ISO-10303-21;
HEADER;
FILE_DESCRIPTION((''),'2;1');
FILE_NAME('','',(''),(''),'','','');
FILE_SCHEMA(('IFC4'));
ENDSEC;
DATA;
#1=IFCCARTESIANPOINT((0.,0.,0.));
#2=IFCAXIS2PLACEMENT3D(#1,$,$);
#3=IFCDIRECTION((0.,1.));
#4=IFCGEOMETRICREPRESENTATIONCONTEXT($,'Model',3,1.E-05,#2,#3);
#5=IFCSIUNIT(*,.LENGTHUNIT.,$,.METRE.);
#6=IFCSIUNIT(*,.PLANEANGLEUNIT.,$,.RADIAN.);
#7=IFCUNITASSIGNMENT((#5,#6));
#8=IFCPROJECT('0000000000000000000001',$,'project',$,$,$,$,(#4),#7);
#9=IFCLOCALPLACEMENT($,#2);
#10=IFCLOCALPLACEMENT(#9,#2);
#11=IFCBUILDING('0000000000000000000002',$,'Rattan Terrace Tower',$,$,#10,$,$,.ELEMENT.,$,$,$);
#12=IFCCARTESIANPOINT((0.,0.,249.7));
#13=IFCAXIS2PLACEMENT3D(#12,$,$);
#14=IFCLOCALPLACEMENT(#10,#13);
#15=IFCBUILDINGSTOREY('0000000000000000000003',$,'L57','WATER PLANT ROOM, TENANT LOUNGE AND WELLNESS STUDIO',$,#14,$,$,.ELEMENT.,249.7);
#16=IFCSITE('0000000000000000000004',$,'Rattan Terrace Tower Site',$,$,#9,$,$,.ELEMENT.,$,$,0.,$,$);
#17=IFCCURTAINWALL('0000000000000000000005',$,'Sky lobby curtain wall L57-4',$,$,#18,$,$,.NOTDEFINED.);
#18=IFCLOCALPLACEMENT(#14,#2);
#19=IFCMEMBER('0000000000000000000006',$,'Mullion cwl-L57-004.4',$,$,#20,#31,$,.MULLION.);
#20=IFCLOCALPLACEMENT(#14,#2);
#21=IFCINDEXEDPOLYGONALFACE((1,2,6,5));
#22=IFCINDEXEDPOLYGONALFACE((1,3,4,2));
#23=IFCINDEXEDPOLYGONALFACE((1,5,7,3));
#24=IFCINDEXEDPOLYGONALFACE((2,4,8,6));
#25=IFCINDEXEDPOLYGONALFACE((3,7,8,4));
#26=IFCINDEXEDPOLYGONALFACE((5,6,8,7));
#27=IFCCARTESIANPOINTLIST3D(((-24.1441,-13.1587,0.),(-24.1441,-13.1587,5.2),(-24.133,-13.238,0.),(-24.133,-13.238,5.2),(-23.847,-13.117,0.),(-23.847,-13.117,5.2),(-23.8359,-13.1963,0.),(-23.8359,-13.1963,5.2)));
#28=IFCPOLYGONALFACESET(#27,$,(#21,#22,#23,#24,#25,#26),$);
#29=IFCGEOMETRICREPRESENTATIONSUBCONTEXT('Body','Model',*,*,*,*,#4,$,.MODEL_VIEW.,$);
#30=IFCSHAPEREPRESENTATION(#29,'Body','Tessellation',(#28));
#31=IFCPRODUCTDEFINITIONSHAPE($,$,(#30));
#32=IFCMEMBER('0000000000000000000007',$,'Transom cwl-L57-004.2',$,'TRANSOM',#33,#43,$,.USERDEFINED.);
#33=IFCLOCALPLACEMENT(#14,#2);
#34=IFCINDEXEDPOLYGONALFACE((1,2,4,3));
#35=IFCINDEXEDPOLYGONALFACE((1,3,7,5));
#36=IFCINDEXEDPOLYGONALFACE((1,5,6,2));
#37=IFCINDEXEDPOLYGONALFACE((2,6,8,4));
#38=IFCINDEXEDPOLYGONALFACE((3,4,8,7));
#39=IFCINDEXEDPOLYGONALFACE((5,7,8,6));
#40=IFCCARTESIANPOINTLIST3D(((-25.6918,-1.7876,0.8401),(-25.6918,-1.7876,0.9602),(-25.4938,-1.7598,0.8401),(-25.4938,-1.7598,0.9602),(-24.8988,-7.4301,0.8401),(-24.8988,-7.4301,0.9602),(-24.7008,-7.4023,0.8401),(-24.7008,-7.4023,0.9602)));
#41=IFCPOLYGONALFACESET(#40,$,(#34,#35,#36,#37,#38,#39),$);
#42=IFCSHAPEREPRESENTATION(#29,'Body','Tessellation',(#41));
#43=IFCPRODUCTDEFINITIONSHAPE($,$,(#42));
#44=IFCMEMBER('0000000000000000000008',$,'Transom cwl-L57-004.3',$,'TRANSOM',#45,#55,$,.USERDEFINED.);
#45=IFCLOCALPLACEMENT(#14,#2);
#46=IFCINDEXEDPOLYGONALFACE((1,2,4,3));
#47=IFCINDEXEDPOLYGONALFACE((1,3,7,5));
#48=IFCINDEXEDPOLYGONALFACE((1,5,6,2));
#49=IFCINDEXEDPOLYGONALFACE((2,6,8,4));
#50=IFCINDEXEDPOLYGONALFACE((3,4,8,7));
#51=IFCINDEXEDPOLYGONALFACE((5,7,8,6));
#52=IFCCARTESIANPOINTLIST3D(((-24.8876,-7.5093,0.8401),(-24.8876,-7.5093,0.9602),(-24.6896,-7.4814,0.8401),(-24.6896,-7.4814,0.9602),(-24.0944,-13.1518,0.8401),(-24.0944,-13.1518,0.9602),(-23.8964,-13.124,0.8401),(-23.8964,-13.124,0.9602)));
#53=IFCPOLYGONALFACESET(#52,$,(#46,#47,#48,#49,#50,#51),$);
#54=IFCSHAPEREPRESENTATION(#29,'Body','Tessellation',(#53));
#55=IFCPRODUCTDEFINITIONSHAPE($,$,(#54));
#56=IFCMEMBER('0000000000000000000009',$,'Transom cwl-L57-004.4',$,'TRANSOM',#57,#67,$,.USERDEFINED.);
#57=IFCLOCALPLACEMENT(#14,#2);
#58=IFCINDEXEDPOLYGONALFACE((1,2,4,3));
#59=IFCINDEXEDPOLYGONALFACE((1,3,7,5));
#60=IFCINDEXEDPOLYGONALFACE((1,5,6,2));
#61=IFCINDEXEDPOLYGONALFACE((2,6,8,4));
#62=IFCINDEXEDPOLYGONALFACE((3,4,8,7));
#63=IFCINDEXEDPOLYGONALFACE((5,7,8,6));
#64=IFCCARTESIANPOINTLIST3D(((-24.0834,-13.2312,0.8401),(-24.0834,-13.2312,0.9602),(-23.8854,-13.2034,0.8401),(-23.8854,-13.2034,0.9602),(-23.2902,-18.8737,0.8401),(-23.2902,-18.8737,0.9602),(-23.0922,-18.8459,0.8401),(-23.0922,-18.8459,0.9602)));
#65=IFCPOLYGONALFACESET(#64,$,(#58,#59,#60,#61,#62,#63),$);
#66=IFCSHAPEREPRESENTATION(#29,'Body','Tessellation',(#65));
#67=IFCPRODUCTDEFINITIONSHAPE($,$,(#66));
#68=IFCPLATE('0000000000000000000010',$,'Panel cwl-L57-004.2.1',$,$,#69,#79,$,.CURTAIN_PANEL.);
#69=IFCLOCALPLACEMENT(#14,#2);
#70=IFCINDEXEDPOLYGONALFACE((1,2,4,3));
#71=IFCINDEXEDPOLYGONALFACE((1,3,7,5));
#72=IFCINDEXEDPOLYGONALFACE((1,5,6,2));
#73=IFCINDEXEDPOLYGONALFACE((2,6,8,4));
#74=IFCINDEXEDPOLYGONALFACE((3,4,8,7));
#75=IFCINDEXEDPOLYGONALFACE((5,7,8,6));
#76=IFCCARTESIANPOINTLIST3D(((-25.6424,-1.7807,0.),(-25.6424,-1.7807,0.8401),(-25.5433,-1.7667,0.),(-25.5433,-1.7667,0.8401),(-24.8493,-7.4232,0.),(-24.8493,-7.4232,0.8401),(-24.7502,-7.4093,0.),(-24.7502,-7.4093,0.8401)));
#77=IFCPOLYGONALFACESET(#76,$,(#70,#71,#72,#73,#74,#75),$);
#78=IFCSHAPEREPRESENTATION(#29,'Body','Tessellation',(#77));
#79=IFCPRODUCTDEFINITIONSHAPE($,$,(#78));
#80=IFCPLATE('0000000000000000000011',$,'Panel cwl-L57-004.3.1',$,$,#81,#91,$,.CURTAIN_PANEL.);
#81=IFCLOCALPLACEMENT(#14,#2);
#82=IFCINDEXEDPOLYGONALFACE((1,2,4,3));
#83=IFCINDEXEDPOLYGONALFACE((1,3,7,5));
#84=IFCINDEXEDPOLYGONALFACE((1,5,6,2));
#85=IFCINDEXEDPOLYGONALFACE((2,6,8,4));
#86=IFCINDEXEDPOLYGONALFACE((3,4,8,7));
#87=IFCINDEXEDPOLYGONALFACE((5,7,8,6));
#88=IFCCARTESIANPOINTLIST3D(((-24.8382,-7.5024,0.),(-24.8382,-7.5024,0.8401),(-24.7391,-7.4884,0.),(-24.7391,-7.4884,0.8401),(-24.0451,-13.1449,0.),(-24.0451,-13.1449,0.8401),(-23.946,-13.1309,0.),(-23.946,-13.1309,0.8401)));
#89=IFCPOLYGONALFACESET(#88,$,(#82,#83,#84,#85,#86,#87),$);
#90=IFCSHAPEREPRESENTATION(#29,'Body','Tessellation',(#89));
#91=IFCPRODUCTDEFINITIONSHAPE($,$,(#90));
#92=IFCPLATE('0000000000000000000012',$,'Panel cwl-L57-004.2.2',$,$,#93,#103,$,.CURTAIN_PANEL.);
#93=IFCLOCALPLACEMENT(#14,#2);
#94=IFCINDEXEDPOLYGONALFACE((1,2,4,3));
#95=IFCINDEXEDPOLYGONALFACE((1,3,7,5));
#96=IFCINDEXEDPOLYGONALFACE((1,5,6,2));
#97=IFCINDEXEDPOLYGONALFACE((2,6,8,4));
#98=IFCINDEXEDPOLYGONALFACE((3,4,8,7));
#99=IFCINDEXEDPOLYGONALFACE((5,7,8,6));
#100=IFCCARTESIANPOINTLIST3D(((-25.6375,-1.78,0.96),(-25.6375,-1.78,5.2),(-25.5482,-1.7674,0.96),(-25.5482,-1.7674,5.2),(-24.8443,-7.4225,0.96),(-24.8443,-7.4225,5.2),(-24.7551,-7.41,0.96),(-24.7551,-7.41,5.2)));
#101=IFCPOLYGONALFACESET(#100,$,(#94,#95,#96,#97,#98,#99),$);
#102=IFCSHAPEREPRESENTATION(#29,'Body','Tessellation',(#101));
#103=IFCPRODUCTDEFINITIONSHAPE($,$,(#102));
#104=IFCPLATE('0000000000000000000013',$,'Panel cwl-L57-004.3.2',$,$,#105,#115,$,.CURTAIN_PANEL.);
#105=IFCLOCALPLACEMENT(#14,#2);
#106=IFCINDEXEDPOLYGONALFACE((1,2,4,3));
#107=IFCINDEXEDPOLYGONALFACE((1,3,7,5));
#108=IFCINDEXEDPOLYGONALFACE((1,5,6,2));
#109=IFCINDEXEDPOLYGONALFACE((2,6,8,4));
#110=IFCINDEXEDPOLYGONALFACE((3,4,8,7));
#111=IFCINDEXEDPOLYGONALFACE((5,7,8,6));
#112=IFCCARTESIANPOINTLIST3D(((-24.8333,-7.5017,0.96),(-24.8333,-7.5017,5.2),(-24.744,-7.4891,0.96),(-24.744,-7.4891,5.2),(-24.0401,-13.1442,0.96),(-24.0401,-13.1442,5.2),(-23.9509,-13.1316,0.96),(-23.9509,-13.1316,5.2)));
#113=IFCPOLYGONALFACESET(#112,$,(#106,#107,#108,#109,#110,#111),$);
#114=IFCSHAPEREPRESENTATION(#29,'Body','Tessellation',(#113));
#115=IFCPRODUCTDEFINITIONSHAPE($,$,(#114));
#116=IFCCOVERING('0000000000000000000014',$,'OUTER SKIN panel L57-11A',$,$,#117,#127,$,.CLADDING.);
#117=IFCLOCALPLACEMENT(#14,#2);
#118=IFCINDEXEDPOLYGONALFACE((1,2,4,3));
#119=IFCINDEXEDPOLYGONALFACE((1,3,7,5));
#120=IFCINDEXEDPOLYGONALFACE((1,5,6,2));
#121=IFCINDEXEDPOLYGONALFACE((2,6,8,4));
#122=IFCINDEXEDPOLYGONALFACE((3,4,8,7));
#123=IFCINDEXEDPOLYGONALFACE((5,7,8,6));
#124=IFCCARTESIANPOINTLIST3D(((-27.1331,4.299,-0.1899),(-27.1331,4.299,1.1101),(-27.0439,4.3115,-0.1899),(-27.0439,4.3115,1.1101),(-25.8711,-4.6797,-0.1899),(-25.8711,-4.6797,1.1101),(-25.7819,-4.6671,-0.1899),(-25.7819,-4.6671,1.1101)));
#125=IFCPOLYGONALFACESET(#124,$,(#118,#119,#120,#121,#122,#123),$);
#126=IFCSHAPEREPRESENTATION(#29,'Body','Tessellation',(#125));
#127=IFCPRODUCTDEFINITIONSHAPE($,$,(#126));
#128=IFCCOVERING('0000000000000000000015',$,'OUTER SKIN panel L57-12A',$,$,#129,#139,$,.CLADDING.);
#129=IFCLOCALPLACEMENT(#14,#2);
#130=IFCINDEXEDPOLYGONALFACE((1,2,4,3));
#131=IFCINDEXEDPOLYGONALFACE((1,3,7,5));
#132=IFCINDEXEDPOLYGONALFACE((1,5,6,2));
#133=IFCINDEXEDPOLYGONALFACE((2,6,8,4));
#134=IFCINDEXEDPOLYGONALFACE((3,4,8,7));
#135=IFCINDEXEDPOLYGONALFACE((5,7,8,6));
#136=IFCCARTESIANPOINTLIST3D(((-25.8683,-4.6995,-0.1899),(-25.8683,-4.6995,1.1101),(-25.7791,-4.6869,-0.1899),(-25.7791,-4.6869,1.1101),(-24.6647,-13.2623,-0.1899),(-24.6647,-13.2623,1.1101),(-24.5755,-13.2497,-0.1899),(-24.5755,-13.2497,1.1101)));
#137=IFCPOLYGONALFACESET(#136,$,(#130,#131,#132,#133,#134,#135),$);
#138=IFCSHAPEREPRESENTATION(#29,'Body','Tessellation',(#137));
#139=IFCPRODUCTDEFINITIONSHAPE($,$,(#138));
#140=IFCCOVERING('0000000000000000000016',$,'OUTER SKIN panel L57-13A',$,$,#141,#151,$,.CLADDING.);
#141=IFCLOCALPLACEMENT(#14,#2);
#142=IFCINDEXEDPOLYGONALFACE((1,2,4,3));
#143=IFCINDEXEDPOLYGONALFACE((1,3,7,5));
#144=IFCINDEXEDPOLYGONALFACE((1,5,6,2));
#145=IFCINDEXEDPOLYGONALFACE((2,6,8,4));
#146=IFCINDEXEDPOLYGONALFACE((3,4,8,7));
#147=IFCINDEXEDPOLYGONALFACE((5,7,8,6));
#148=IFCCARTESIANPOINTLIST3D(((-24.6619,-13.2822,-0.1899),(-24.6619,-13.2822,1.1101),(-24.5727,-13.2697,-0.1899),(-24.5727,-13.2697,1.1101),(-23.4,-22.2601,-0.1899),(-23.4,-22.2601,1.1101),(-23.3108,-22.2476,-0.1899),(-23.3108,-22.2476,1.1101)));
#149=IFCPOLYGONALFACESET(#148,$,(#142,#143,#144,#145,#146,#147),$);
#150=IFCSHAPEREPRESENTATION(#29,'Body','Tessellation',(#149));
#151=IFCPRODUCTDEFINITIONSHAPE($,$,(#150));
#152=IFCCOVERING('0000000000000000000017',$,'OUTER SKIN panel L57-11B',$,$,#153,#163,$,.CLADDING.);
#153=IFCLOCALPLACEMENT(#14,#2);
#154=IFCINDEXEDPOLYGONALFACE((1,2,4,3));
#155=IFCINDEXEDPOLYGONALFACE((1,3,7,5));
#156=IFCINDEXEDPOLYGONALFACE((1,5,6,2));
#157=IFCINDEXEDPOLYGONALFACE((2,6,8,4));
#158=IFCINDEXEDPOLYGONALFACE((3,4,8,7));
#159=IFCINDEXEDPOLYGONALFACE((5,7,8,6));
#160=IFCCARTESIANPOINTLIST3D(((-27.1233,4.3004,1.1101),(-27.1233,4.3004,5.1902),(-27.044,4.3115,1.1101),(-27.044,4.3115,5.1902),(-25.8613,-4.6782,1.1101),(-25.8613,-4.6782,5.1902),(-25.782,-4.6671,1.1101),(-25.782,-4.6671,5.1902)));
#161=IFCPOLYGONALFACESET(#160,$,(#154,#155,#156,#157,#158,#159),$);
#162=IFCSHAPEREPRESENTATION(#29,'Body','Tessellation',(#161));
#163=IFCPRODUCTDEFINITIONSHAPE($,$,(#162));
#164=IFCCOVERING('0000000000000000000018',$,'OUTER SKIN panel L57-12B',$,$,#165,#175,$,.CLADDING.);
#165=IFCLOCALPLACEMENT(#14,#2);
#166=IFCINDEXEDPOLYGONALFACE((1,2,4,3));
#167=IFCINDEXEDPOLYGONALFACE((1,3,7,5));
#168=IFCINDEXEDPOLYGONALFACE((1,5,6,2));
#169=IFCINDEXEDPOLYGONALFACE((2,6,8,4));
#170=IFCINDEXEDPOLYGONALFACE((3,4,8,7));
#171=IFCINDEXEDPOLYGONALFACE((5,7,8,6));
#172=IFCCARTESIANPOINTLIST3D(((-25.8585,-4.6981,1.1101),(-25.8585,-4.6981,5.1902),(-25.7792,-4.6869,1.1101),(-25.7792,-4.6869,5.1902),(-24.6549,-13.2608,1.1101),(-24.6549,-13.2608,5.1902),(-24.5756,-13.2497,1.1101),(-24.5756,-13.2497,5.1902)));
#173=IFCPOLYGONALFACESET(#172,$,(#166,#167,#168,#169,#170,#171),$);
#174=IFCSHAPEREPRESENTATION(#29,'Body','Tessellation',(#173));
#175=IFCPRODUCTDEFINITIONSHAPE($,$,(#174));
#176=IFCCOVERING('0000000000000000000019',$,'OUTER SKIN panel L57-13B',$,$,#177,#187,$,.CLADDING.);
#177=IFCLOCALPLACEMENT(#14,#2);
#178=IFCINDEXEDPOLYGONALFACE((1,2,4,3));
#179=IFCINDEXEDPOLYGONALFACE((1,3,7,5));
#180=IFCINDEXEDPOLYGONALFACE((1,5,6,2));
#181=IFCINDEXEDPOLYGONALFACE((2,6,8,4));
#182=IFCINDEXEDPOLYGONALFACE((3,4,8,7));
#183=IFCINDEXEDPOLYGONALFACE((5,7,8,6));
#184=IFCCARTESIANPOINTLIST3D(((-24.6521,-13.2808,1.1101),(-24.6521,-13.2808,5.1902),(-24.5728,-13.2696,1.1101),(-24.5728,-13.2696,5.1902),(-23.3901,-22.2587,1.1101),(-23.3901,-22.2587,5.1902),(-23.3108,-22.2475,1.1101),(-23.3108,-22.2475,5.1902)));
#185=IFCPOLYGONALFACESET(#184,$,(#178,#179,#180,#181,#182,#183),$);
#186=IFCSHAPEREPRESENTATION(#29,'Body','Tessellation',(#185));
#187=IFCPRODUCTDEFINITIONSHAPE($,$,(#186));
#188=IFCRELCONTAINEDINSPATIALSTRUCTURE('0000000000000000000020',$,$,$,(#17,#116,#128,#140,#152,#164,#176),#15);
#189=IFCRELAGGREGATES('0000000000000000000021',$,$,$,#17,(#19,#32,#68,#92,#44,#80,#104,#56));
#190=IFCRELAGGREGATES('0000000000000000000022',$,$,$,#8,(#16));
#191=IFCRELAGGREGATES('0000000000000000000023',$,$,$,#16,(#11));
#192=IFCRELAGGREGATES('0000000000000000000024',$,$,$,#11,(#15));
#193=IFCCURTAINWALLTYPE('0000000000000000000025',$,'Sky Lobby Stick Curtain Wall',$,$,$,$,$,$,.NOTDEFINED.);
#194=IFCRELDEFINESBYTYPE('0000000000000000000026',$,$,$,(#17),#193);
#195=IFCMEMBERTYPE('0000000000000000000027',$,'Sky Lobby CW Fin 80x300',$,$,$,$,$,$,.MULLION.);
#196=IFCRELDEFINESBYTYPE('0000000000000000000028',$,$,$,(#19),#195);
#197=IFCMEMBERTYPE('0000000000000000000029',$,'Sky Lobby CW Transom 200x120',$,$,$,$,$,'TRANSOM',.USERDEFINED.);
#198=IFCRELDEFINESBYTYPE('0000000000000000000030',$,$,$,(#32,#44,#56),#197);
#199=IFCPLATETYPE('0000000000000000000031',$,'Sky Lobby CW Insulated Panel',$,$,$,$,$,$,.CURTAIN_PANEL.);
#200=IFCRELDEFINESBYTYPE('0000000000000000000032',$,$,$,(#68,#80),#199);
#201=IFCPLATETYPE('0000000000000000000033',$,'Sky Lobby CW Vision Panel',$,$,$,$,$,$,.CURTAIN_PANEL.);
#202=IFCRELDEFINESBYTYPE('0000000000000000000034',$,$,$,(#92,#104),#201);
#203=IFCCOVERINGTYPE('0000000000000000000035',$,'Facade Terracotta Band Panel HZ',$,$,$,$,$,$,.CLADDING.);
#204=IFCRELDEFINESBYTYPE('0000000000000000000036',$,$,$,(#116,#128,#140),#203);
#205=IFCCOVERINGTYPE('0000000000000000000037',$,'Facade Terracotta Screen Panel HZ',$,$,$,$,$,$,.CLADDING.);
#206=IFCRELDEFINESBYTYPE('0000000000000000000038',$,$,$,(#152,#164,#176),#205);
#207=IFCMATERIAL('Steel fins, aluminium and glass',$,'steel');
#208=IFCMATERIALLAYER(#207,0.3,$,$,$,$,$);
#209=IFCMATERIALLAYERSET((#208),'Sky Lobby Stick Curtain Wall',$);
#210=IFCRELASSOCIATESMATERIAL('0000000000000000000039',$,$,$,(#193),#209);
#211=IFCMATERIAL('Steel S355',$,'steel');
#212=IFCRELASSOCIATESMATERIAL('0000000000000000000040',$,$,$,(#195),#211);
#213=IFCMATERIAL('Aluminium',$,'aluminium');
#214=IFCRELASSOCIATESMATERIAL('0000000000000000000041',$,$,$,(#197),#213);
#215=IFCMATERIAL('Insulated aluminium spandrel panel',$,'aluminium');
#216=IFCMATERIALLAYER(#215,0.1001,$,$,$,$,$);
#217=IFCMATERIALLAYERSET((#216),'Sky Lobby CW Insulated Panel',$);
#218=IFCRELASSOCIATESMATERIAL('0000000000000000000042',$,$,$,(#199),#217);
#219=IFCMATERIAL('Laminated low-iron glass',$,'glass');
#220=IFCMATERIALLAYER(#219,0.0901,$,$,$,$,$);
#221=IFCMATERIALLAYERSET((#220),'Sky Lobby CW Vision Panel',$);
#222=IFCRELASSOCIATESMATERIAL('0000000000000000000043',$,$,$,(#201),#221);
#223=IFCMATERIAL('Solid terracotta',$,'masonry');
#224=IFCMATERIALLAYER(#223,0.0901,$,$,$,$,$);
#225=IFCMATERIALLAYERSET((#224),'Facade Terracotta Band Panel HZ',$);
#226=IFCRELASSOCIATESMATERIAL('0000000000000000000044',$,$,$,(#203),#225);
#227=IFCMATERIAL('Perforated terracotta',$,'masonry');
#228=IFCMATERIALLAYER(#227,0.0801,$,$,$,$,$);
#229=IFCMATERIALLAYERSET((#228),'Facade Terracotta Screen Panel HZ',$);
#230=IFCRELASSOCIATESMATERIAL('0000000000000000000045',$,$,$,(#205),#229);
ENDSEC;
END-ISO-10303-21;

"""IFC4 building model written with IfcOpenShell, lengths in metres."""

from ifc_helpers import new_model, si_unit, direction, frame, origin, origin_2d, place, context, subcontext, project, spatial, rectangle, extrude, material, layer, layer_set, material_profile, profile_set, type_object, element, aggregate, save


model = new_model("IFC4")

# Units and contexts
model_context = context("Model", 3, precision=1e-05, world=origin(), true_north=direction((0.0, 1.0)))
body_context = subcontext(model_context, "Body", "Model", "MODEL_VIEW")
ifc_project = project(units=[si_unit("LENGTHUNIT", "METRE"), si_unit("PLANEANGLEUNIT", "RADIAN")], contexts=[model_context])

# Site, building, storey
site_placement = place(None, origin())
site = spatial("IfcSite", under=ifc_project, at=site_placement, Name="Rattan Terrace Tower Site", CompositionType="ELEMENT", RefElevation=0.0)
building_placement = place(site_placement, origin())
building = spatial("IfcBuilding", under=site, at=building_placement, Name="Rattan Terrace Tower", CompositionType="ELEMENT")
storey_placement = place(building_placement, frame((0.0, 0.0, 249.7)))
storey = spatial("IfcBuildingStorey", under=building, at=storey_placement, Name="L57", Description="WATER PLANT ROOM, TENANT LOUNGE AND WELLNESS STUDIO", CompositionType="ELEMENT", Elevation=249.7)

# Curtain wall, members, plates
ifc_material_1 = material(Name="Steel fins, aluminium and glass", Category="steel")
ifc_layer_1 = layer(ifc_material_1, 0.3)
ifc_layer_set_1 = layer_set([ifc_layer_1], Name="Sky Lobby Stick Curtain Wall")
curtain_wall_type = type_object("IfcCurtainWallType", Name="Sky Lobby Stick Curtain Wall", PredefinedType="NOTDEFINED", material=ifc_layer_set_1)
curtain_wall_placement = place(storey_placement, origin())
curtain_wall = element("IfcCurtainWall", 1, at=curtain_wall_placement, inside=storey, type_object=curtain_wall_type, Name="Sky lobby curtain wall L57-4", PredefinedType="NOTDEFINED")
ifc_material_2 = material(Name="Steel S355", Category="steel")
ifc_material_profile_1 = material_profile(ifc_material_2, rectangle(XDim=0.0801, YDim=0.3, at=origin_2d()), Name="Steel S355 80x300")
ifc_profile_set_1 = profile_set([ifc_material_profile_1], Name="Steel S355")
member_type_1 = type_object("IfcMemberType", Name="Sky Lobby CW Fin 80x300", PredefinedType="MULLION", material=ifc_profile_set_1)
member_1_placement = place(storey_placement, frame((-23.99, -13.1775, 0.0), z_axis=(0.0, 0.0, 1.0), x_axis=(0.139192, -0.990265, 0.0)))
member_1 = element("IfcMember", 2, at=member_1_placement, type_object=member_type_1, Name="Mullion cwl-L57-004.4", PredefinedType="MULLION", context=body_context, shape_type="SweptSolid", body=[
    extrude(rectangle(XDim=0.0801, YDim=0.3, at=origin_2d()), origin(), (0.0, 0.0, 1.0), 5.2),
])
ifc_material_3 = material(Name="Aluminium", Category="aluminium")
ifc_material_profile_2 = material_profile(ifc_material_3, rectangle(XDim=0.2, YDim=0.1201, at=origin_2d()), Name="Aluminium 200x120")
ifc_profile_set_2 = profile_set([ifc_material_profile_2], Name="Aluminium")
member_type_2 = type_object("IfcMemberType", Name="Sky Lobby CW Transom 200x120", ElementType="TRANSOM", PredefinedType="USERDEFINED", material=ifc_profile_set_2)
member_2_placement = place(storey_placement, frame((-25.5928, -1.7737, 0.9001), z_axis=(0.139166, -0.990269, 0.0), x_axis=(0.990269, 0.139166, 0.0)))
member_2 = element("IfcMember", 3, at=member_2_placement, type_object=member_type_2, Name="Transom cwl-L57-004.2", ObjectType="TRANSOM", PredefinedType="USERDEFINED", context=body_context, shape_type="SweptSolid", body=[
    extrude(rectangle(XDim=0.2, YDim=0.1201, at=origin_2d()), origin(), (0.0, 0.0, 1.0), 5.698),
])
member_3_placement = place(storey_placement, frame((-24.7886, -7.4954, 0.9001), z_axis=(0.139208, -0.990263, 0.0), x_axis=(0.990263, 0.139208, 0.0)))
member_3 = element("IfcMember", 4, at=member_3_placement, type_object=member_type_2, Name="Transom cwl-L57-004.3", ObjectType="TRANSOM", PredefinedType="USERDEFINED", context=body_context, shape_type="SweptSolid", body=[
    extrude(rectangle(XDim=0.2, YDim=0.1201, at=origin_2d()), origin(), (0.0, 0.0, 1.0), 5.698),
])
member_4_placement = place(storey_placement, frame((-23.9844, -13.2173, 0.9001), z_axis=(0.139208, -0.990263, 0.0), x_axis=(0.990263, 0.139208, 0.0)))
member_4 = element("IfcMember", 5, at=member_4_placement, type_object=member_type_2, Name="Transom cwl-L57-004.4", ObjectType="TRANSOM", PredefinedType="USERDEFINED", context=body_context, shape_type="SweptSolid", body=[
    extrude(rectangle(XDim=0.2, YDim=0.1201, at=origin_2d()), origin(), (0.0, 0.0, 1.0), 5.698),
])
ifc_material_4 = material(Name="Insulated aluminium spandrel panel", Category="aluminium")
ifc_layer_2 = layer(ifc_material_4, 0.1001)
ifc_layer_set_2 = layer_set([ifc_layer_2], Name="Sky Lobby CW Insulated Panel")
plate_type_1 = type_object("IfcPlateType", Name="Sky Lobby CW Insulated Panel", PredefinedType="CURTAIN_PANEL", material=ifc_layer_set_2)
plate_1_placement = place(storey_placement, frame((-25.1963, -4.595, 0.0), z_axis=(0.0, 0.0, 1.0), x_axis=(0.139192, -0.990265, 0.0)))
plate_1 = element("IfcPlate", 6, at=plate_1_placement, type_object=plate_type_1, Name="Panel cwl-L57-004.2.1", PredefinedType="CURTAIN_PANEL", context=body_context, shape_type="SweptSolid", body=[
    extrude(rectangle(XDim=5.698, YDim=0.1001, at=origin_2d()), origin(), (0.0, 0.0, 1.0), 0.8401),
])
plate_2_placement = place(storey_placement, frame((-24.3921, -10.3167, 0.0), z_axis=(0.0, 0.0, 1.0), x_axis=(0.139192, -0.990265, 0.0)))
plate_2 = element("IfcPlate", 7, at=plate_2_placement, type_object=plate_type_1, Name="Panel cwl-L57-004.3.1", PredefinedType="CURTAIN_PANEL", context=body_context, shape_type="SweptSolid", body=[
    extrude(rectangle(XDim=5.698, YDim=0.1001, at=origin_2d()), origin(), (0.0, 0.0, 1.0), 0.8401),
])
ifc_material_5 = material(Name="Laminated low-iron glass", Category="glass")
ifc_layer_3 = layer(ifc_material_5, 0.0901)
ifc_layer_set_3 = layer_set([ifc_layer_3], Name="Sky Lobby CW Vision Panel")
plate_type_2 = type_object("IfcPlateType", Name="Sky Lobby CW Vision Panel", PredefinedType="CURTAIN_PANEL", material=ifc_layer_set_3)
plate_3_placement = place(storey_placement, frame((-25.1963, -4.595, 0.96), z_axis=(0.0, 0.0, 1.0), x_axis=(0.139192, -0.990265, 0.0)))
plate_3 = element("IfcPlate", 8, at=plate_3_placement, type_object=plate_type_2, Name="Panel cwl-L57-004.2.2", PredefinedType="CURTAIN_PANEL", context=body_context, shape_type="SweptSolid", body=[
    extrude(rectangle(XDim=5.698, YDim=0.0901, at=origin_2d()), origin(), (0.0, 0.0, 1.0), 4.24),
])
plate_4_placement = place(storey_placement, frame((-24.3921, -10.3167, 0.96), z_axis=(0.0, 0.0, 1.0), x_axis=(0.139192, -0.990265, 0.0)))
plate_4 = element("IfcPlate", 9, at=plate_4_placement, type_object=plate_type_2, Name="Panel cwl-L57-004.3.2", PredefinedType="CURTAIN_PANEL", context=body_context, shape_type="SweptSolid", body=[
    extrude(rectangle(XDim=5.698, YDim=0.0901, at=origin_2d()), origin(), (0.0, 0.0, 1.0), 4.24),
])
aggregate(curtain_wall, [member_1, member_2, plate_1, plate_3, member_3, plate_2, plate_4, member_4])

# Coverings
ifc_material_6 = material(Name="Solid terracotta", Category="masonry")
ifc_layer_4 = layer(ifc_material_6, 0.0901)
ifc_layer_set_4 = layer_set([ifc_layer_4], Name="Facade Terracotta Band Panel HZ")
covering_type_1 = type_object("IfcCoveringType", Name="Facade Terracotta Band Panel HZ", PredefinedType="CLADDING", material=ifc_layer_set_4)
covering_1_placement = place(storey_placement, frame((-26.4575, -0.1841, -0.1899), z_axis=(0.0, 0.0, 1.0), x_axis=(0.139192, -0.990265, 0.0)))
element("IfcCovering", 10, at=covering_1_placement, inside=storey, type_object=covering_type_1, Name="OUTER SKIN panel L57-11A", PredefinedType="CLADDING", context=body_context, shape_type="SweptSolid", body=[
    extrude(rectangle(XDim=9.0669, YDim=0.0901, at=origin_2d()), origin(), (0.0, 0.0, 1.0), 1.3),
])
covering_2_placement = place(storey_placement, frame((-25.2219, -8.9746, -0.1899), z_axis=(0.0, 0.0, 1.0), x_axis=(0.139192, -0.990265, 0.0)))
element("IfcCovering", 11, at=covering_2_placement, inside=storey, type_object=covering_type_1, Name="OUTER SKIN panel L57-12A", PredefinedType="CLADDING", context=body_context, shape_type="SweptSolid", body=[
    extrude(rectangle(XDim=8.647, YDim=0.0901, at=origin_2d()), origin(), (0.0, 0.0, 1.0), 1.3),
])
covering_3_placement = place(storey_placement, frame((-23.9863, -17.7649, -0.1899), z_axis=(0.0, 0.0, 1.0), x_axis=(0.139192, -0.990265, 0.0)))
element("IfcCovering", 12, at=covering_3_placement, inside=storey, type_object=covering_type_1, Name="OUTER SKIN panel L57-13A", PredefinedType="CLADDING", context=body_context, shape_type="SweptSolid", body=[
    extrude(rectangle(XDim=9.0662, YDim=0.0901, at=origin_2d()), origin(), (0.0, 0.0, 1.0), 1.3),
])
ifc_material_7 = material(Name="Perforated terracotta", Category="masonry")
ifc_layer_5 = layer(ifc_material_7, 0.0801)
ifc_layer_set_5 = layer_set([ifc_layer_5], Name="Facade Terracotta Screen Panel HZ")
covering_type_2 = type_object("IfcCoveringType", Name="Facade Terracotta Screen Panel HZ", PredefinedType="CLADDING", material=ifc_layer_set_5)
covering_4_placement = place(storey_placement, frame((-26.4526, -0.1833, 1.1101), z_axis=(0.0, 0.0, 1.0), x_axis=(0.139192, -0.990265, 0.0)))
element("IfcCovering", 13, at=covering_4_placement, inside=storey, type_object=covering_type_2, Name="OUTER SKIN panel L57-11B", PredefinedType="CLADDING", context=body_context, shape_type="SweptSolid", body=[
    extrude(rectangle(XDim=9.0669, YDim=0.0801, at=origin_2d()), origin(), (0.0, 0.0, 1.0), 4.0801),
])
covering_5_placement = place(storey_placement, frame((-25.217, -8.9739, 1.1101), z_axis=(0.0, 0.0, 1.0), x_axis=(0.139192, -0.990265, 0.0)))
element("IfcCovering", 14, at=covering_5_placement, inside=storey, type_object=covering_type_2, Name="OUTER SKIN panel L57-12B", PredefinedType="CLADDING", context=body_context, shape_type="SweptSolid", body=[
    extrude(rectangle(XDim=8.647, YDim=0.0801, at=origin_2d()), origin(), (0.0, 0.0, 1.0), 4.0801),
])
covering_6_placement = place(storey_placement, frame((-23.9814, -17.7642, 1.1101), z_axis=(0.0, 0.0, 1.0), x_axis=(0.139192, -0.990265, 0.0)))
element("IfcCovering", 15, at=covering_6_placement, inside=storey, type_object=covering_type_2, Name="OUTER SKIN panel L57-13B", PredefinedType="CLADDING", context=body_context, shape_type="SweptSolid", body=[
    extrude(rectangle(XDim=9.0662, YDim=0.0801, at=origin_2d()), origin(), (0.0, 0.0, 1.0), 4.0801),
])

save(model, "model.ifc")
